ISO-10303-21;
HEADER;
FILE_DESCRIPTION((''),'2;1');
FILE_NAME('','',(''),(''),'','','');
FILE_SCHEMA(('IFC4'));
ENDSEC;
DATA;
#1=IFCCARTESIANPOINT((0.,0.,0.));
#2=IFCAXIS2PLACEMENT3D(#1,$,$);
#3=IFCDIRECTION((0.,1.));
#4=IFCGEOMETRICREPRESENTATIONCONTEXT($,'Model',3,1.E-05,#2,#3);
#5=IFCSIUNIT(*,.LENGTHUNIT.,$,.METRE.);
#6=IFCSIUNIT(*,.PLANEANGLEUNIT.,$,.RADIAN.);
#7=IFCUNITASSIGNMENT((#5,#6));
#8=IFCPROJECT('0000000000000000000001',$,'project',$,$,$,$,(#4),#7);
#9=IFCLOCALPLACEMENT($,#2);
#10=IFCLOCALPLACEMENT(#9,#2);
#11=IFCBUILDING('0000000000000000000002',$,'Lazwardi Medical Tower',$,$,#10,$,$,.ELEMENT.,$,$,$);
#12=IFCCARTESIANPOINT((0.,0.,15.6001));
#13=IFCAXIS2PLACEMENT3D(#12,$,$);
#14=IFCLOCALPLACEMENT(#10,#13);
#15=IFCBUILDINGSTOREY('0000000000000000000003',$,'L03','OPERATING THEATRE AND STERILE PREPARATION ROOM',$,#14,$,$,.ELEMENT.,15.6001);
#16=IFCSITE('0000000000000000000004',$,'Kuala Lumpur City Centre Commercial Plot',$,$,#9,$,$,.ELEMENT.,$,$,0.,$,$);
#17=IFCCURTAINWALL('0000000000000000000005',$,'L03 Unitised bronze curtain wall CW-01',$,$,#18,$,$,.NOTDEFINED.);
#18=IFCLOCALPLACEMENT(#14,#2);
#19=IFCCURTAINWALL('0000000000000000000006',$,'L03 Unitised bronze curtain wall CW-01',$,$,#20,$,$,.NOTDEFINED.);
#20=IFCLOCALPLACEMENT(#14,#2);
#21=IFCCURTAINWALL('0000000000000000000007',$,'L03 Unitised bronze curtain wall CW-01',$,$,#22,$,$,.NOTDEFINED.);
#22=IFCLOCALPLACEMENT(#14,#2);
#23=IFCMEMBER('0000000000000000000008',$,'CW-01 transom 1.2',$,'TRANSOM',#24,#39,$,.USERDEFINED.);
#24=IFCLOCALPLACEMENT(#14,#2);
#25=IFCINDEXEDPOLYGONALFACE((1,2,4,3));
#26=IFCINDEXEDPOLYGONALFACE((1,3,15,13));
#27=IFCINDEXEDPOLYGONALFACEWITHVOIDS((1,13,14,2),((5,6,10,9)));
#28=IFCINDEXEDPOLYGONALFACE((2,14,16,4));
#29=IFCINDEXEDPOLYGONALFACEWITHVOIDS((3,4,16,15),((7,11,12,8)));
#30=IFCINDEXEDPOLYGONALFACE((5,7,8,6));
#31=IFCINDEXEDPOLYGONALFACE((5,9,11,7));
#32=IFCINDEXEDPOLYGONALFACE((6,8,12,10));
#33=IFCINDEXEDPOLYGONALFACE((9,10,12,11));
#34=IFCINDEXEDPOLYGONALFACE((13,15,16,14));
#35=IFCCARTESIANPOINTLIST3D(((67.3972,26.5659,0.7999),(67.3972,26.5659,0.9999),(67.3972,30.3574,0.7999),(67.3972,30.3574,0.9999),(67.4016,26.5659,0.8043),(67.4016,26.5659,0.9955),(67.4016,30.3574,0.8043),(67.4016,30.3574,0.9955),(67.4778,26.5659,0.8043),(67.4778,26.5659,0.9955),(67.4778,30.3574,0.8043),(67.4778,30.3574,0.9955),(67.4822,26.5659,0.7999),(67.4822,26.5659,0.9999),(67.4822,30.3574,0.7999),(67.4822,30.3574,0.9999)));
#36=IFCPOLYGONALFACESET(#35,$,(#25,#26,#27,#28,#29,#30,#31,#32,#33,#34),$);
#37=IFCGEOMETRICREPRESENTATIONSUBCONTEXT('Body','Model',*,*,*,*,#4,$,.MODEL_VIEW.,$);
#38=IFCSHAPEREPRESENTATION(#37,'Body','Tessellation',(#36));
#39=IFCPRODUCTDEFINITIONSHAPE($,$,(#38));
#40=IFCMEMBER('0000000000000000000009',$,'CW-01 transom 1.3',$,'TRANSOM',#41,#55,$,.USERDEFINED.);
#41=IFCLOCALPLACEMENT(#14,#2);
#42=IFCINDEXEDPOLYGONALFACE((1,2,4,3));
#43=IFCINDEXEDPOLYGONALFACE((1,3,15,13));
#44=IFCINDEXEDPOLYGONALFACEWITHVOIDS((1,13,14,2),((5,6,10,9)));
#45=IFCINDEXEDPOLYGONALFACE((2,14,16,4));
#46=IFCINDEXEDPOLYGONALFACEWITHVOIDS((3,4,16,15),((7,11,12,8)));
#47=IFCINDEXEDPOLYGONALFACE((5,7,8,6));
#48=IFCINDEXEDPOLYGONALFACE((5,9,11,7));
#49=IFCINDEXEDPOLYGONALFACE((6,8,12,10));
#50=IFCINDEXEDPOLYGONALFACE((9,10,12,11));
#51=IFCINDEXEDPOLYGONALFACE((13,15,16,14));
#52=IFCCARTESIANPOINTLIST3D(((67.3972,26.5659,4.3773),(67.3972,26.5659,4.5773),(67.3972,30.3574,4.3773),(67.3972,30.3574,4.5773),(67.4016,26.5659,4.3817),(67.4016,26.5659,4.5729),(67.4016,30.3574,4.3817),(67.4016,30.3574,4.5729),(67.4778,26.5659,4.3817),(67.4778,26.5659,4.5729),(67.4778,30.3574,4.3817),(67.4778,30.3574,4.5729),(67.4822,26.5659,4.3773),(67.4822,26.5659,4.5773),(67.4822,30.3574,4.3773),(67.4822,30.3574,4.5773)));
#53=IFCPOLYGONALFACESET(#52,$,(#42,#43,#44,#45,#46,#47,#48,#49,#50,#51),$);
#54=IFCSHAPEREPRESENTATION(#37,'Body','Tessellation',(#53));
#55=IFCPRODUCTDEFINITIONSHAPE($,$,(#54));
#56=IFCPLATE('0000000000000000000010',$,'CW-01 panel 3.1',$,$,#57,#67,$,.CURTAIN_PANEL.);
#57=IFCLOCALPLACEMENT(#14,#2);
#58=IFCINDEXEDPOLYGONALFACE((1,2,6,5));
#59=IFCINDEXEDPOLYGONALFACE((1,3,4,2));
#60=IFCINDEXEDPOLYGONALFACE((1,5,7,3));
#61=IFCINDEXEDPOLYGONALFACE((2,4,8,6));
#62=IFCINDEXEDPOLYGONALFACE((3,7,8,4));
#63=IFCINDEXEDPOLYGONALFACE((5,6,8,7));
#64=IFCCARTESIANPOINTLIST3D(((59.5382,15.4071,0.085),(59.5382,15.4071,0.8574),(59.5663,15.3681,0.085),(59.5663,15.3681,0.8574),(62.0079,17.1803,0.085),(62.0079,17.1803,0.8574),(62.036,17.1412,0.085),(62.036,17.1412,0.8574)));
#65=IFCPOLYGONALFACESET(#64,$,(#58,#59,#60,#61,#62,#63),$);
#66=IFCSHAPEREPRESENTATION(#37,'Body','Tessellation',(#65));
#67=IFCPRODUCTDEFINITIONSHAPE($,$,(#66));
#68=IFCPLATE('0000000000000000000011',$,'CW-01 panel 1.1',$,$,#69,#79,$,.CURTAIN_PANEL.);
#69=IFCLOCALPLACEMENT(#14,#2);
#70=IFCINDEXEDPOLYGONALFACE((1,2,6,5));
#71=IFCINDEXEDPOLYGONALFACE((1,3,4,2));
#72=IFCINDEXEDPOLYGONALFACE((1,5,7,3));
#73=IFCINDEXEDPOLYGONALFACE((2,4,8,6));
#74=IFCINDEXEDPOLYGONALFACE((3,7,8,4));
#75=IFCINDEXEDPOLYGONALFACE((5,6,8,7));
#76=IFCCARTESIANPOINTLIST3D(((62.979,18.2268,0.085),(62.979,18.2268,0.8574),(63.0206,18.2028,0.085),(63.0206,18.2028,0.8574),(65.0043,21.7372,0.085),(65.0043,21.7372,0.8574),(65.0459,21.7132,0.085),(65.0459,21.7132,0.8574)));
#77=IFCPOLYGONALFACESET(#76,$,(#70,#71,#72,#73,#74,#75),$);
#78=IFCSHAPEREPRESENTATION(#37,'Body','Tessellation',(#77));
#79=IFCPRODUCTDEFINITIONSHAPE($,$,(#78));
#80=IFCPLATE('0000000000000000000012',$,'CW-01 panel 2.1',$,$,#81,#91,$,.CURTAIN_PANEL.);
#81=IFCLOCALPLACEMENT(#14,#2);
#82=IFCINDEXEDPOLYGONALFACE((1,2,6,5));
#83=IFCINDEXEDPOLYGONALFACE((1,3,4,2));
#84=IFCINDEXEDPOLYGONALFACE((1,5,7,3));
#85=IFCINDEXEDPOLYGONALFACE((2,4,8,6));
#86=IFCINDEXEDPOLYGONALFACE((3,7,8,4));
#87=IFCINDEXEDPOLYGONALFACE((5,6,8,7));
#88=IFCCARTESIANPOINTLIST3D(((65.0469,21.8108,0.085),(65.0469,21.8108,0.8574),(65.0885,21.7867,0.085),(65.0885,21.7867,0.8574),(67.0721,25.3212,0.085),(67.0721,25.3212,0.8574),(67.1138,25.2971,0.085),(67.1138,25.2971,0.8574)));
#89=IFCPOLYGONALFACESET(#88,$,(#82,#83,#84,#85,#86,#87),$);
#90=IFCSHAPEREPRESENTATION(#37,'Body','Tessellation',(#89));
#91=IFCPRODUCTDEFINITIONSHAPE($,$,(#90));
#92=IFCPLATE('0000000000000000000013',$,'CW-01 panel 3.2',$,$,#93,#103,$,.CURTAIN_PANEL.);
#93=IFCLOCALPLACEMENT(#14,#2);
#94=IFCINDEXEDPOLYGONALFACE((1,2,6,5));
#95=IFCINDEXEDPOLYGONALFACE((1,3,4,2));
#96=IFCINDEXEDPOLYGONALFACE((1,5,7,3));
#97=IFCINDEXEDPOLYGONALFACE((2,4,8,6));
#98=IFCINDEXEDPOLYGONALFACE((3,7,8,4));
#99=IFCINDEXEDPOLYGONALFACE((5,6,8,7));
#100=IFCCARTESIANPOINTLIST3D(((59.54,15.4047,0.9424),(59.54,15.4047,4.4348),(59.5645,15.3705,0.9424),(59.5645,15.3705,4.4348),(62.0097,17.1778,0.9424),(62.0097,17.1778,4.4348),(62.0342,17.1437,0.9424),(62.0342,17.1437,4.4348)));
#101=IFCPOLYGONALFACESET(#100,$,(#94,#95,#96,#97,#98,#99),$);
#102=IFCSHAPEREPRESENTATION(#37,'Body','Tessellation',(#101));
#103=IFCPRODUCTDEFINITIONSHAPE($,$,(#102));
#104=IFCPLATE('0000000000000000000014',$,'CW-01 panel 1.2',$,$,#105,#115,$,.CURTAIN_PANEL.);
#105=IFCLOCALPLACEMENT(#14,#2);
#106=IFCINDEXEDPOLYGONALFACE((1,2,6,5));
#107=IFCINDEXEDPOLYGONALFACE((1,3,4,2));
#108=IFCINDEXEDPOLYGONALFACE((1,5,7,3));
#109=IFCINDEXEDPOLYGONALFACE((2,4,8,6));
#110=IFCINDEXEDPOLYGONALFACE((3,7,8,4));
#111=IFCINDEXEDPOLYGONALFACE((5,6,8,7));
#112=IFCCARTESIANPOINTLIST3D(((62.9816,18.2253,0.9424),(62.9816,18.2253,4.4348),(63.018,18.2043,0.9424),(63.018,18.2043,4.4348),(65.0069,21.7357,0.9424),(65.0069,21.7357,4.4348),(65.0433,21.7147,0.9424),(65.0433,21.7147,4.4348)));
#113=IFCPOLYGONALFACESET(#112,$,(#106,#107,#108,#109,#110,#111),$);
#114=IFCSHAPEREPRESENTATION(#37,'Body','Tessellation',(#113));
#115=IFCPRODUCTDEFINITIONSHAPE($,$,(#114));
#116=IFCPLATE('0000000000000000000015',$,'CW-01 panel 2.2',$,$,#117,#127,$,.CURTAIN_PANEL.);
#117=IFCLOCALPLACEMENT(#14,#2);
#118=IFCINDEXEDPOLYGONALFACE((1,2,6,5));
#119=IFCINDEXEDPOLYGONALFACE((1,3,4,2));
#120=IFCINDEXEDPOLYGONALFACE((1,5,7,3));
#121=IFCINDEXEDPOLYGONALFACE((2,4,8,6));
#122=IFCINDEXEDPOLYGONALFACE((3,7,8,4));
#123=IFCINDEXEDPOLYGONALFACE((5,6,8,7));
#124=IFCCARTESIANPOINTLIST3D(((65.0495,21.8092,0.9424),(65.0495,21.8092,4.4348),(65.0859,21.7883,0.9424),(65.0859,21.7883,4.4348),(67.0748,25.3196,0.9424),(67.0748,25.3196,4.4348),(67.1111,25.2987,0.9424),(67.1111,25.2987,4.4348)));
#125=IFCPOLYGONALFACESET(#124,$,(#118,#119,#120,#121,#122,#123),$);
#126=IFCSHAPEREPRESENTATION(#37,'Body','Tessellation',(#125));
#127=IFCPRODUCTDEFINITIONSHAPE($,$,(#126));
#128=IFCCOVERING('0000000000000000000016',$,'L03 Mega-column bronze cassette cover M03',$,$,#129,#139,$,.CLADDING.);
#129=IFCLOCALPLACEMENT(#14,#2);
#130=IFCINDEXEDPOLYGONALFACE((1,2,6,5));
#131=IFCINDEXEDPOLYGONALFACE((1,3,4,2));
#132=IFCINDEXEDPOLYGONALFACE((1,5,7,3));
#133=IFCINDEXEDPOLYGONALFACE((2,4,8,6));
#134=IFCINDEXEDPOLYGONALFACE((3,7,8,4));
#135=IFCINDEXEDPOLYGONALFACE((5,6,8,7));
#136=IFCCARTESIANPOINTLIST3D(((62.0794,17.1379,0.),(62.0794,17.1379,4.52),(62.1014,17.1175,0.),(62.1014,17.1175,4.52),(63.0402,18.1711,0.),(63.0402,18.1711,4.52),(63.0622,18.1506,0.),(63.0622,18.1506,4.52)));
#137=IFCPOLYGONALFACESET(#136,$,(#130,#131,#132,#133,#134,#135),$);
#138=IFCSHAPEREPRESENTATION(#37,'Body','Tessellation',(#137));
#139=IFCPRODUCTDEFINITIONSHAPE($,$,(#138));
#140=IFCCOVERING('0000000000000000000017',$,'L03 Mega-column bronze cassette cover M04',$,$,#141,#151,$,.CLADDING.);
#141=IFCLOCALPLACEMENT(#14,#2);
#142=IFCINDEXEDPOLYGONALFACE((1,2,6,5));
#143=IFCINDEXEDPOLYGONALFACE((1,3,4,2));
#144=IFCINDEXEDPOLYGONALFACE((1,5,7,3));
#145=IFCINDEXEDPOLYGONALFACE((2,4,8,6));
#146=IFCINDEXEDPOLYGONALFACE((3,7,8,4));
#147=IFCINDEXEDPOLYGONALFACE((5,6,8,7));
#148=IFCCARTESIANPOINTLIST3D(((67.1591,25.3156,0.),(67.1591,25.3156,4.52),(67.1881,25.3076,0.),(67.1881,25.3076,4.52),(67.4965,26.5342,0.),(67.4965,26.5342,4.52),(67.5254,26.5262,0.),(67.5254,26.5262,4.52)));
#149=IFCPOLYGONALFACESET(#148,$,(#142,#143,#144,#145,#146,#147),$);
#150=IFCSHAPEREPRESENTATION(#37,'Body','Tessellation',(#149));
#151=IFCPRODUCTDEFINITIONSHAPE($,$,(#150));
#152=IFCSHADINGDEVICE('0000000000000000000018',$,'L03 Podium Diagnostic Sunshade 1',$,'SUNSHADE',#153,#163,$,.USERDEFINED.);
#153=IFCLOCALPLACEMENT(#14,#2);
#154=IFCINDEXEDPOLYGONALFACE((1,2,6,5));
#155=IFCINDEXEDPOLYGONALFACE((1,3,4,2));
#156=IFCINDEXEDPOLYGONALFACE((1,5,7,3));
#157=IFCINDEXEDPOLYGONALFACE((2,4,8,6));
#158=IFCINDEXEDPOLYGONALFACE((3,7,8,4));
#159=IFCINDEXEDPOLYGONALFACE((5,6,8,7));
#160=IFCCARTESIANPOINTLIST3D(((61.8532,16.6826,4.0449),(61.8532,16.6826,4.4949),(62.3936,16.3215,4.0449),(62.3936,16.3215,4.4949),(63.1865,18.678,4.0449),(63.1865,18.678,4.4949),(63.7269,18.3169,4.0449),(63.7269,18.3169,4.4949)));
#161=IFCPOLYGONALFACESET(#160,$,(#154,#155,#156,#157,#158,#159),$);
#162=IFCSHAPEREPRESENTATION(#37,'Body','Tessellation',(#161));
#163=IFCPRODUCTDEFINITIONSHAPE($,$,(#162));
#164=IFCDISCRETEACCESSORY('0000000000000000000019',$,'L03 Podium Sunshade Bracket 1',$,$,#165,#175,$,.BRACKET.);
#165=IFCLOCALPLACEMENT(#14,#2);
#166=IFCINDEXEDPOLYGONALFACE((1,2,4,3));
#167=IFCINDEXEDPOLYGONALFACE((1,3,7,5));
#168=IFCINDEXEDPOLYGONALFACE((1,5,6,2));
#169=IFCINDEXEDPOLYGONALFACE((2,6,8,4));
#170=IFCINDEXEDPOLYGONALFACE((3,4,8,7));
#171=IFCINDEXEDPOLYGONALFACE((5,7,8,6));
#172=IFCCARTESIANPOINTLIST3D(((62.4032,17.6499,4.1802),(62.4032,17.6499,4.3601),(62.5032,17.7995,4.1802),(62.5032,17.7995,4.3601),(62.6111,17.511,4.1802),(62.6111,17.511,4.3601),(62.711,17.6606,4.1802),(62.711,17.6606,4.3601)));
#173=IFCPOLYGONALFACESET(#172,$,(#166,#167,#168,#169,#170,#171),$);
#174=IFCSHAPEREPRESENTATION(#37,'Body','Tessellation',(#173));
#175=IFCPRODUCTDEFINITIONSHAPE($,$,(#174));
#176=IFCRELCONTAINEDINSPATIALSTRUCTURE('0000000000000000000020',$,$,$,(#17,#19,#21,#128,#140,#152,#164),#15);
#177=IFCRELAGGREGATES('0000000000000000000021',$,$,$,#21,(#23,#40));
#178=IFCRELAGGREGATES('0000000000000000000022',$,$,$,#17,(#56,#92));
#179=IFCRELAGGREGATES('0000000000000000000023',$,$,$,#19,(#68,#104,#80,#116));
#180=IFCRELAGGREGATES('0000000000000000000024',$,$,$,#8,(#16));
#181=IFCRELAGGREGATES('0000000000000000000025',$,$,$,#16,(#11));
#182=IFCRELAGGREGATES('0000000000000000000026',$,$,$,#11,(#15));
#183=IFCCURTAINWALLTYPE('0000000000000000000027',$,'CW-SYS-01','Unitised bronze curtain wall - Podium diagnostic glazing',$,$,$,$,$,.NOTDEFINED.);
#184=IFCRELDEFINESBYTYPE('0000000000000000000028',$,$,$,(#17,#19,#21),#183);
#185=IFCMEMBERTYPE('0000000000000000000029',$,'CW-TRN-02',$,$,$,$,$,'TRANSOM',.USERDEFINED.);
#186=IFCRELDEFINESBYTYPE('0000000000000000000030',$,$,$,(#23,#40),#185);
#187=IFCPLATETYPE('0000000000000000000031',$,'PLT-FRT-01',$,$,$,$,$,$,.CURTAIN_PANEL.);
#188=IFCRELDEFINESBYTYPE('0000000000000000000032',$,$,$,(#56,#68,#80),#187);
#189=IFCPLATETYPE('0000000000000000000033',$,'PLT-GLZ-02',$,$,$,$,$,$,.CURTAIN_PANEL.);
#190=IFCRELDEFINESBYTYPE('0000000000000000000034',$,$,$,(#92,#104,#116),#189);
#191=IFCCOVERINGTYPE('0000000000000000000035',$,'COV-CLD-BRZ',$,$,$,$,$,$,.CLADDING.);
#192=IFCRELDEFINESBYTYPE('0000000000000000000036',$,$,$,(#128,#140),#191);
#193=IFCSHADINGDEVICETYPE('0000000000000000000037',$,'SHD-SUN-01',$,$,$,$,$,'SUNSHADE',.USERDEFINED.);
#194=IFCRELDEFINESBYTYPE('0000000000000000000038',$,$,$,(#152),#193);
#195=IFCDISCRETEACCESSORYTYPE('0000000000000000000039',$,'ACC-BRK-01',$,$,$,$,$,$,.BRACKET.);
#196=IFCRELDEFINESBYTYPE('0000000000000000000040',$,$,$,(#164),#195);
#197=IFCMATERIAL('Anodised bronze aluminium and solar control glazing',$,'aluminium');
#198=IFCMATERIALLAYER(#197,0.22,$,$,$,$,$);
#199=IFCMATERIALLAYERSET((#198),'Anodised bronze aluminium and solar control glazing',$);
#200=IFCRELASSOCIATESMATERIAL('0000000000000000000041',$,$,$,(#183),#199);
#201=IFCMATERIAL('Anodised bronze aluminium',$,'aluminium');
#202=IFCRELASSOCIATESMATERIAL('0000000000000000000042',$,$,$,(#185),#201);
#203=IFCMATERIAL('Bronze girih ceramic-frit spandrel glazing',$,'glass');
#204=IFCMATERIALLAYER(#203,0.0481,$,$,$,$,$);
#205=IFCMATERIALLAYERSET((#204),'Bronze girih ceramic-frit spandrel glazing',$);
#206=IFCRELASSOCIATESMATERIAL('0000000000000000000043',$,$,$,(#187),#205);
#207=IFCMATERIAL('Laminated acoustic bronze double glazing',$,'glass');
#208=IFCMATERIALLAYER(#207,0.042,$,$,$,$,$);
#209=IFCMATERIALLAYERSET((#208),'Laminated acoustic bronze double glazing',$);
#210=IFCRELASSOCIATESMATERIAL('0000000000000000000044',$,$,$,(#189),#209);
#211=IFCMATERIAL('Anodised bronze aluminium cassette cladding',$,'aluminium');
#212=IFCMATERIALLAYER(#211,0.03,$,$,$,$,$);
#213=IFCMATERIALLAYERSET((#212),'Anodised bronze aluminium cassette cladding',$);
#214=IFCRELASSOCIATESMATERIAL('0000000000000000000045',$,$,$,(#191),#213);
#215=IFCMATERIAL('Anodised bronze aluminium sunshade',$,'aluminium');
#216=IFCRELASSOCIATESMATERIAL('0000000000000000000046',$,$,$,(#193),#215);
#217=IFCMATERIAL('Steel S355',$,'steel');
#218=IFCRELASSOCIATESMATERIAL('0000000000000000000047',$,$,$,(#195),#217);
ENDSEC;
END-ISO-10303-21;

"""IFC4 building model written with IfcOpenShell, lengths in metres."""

from ifc_helpers import new_model, si_unit, direction, frame, origin, origin_2d, place, context, subcontext, project, spatial, rectangle, hollow_rectangle, extrude, material, layer, layer_set, material_profile, profile_set, type_object, element, aggregate, save


model = new_model("IFC4")

# Units and contexts
model_context = context("Model", 3, precision=1e-05, world=origin(), true_north=direction((0.0, 1.0)))
body_context = subcontext(model_context, "Body", "Model", "MODEL_VIEW")
ifc_project = project(units=[si_unit("LENGTHUNIT", "METRE"), si_unit("PLANEANGLEUNIT", "RADIAN")], contexts=[model_context])

# Site, building, storey
site_placement = place(None, origin())
site = spatial("IfcSite", under=ifc_project, at=site_placement, Name="Kuala Lumpur City Centre Commercial Plot", CompositionType="ELEMENT", RefElevation=0.0)
building_placement = place(site_placement, origin())
building = spatial("IfcBuilding", under=site, at=building_placement, Name="Lazwardi Medical Tower", CompositionType="ELEMENT")
storey_placement = place(building_placement, frame((0.0, 0.0, 15.6001)))
storey = spatial("IfcBuildingStorey", under=building, at=storey_placement, Name="L03", Description="OPERATING THEATRE AND STERILE PREPARATION ROOM", CompositionType="ELEMENT", Elevation=15.6001)

# Shared definitions
ifc_material_1 = material(Name="Steel S355", Category="steel")

# Curtain wall
ifc_material_2 = material(Name="Anodised bronze aluminium and solar control glazing", Category="aluminium")
ifc_layer_1 = layer(ifc_material_2, 0.22)
ifc_layer_set_1 = layer_set([ifc_layer_1], Name="Anodised bronze aluminium and solar control glazing")
curtain_wall_type = type_object("IfcCurtainWallType", Name="CW-SYS-01", Description="Unitised bronze curtain wall - Podium diagnostic glazing", PredefinedType="NOTDEFINED", material=ifc_layer_set_1)
curtain_wall_1_placement = place(storey_placement, origin())
curtain_wall_1 = element("IfcCurtainWall", 1, at=curtain_wall_1_placement, inside=storey, type_object=curtain_wall_type, Name="L03 Unitised bronze curtain wall CW-01", PredefinedType="NOTDEFINED")
ifc_material_3 = material(Name="Anodised bronze aluminium", Category="aluminium")

# Curtain wall
curtain_wall_2_placement = place(storey_placement, origin())
curtain_wall_2 = element("IfcCurtainWall", 2, at=curtain_wall_2_placement, inside=storey, type_object=curtain_wall_type, Name="L03 Unitised bronze curtain wall CW-01", PredefinedType="NOTDEFINED")

# Curtain wall
curtain_wall_3_placement = place(storey_placement, origin())
curtain_wall_3 = element("IfcCurtainWall", 3, at=curtain_wall_3_placement, inside=storey, type_object=curtain_wall_type, Name="L03 Unitised bronze curtain wall CW-01", PredefinedType="NOTDEFINED")

# Members
ifc_material_profile_1 = material_profile(ifc_material_3, hollow_rectangle(XDim=0.085, YDim=0.2, WallThickness=0.0044, at=origin_2d()), Name="ALU-TRANSOM 200x85x4.5")
ifc_profile_set_1 = profile_set([ifc_material_profile_1], Name="Anodised bronze aluminium")
member_type_1 = type_object("IfcMemberType", Name="CW-TRN-02", ElementType="TRANSOM", PredefinedType="USERDEFINED", material=ifc_profile_set_1)
member_1_placement = place(storey_placement, frame((67.4397, 26.5659, 0.8999), z_axis=(0.0, 1.0, 0.0), x_axis=(-1.0, 0.0, 0.0)))
member_1 = element("IfcMember", 4, at=member_1_placement, type_object=member_type_1, Name="CW-01 transom 1.2", ObjectType="TRANSOM", PredefinedType="USERDEFINED", context=body_context, shape_type="SweptSolid", body=[
    extrude(hollow_rectangle(XDim=0.085, YDim=0.2, WallThickness=0.0044, at=origin_2d()), origin(), (0.0, 0.0, 1.0), 3.7915),
])
member_2_placement = place(storey_placement, frame((67.4397, 26.5659, 4.4773), z_axis=(0.0, 1.0, 0.0), x_axis=(-1.0, 0.0, 0.0)))
member_2 = element("IfcMember", 5, at=member_2_placement, type_object=member_type_1, Name="CW-01 transom 1.3", ObjectType="TRANSOM", PredefinedType="USERDEFINED", context=body_context, shape_type="SweptSolid", body=[
    extrude(hollow_rectangle(XDim=0.085, YDim=0.2, WallThickness=0.0044, at=origin_2d()), origin(), (0.0, 0.0, 1.0), 3.7915),
])
aggregate(curtain_wall_3, [member_1, member_2])

# Plates
ifc_material_4 = material(Name="Bronze girih ceramic-frit spandrel glazing", Category="glass")
ifc_layer_2 = layer(ifc_material_4, 0.0481)
ifc_layer_set_2 = layer_set([ifc_layer_2], Name="Bronze girih ceramic-frit spandrel glazing")
plate_type_1 = type_object("IfcPlateType", Name="PLT-FRT-01", PredefinedType="CURTAIN_PANEL", material=ifc_layer_set_2)
plate_1_placement = place(storey_placement, frame((60.7871, 16.2742, 0.085), z_axis=(0.0, 0.0, 1.0), x_axis=(0.812318, 0.583214, 0.0)))
plate_1 = element("IfcPlate", 6, at=plate_1_placement, type_object=plate_type_1, Name="CW-01 panel 3.1", PredefinedType="CURTAIN_PANEL", context=body_context, shape_type="SweptSolid", body=[
    extrude(rectangle(XDim=3.0403, YDim=0.0481, at=origin_2d()), origin(), (0.0, 0.0, 1.0), 0.7725),
])
plate_2_placement = place(storey_placement, frame((64.0125, 19.97, 0.085), z_axis=(0.0, 0.0, 1.0), x_axis=(0.499731, 0.866181, 0.0)))
plate_2 = element("IfcPlate", 7, at=plate_2_placement, type_object=plate_type_1, Name="CW-01 panel 1.1", PredefinedType="CURTAIN_PANEL", context=body_context, shape_type="SweptSolid", body=[
    extrude(rectangle(XDim=4.0527, YDim=0.0481, at=origin_2d()), origin(), (0.0, 0.0, 1.0), 0.7725),
])
plate_3_placement = place(storey_placement, frame((66.0803, 23.554, 0.085), z_axis=(0.0, 0.0, 1.0), x_axis=(0.499731, 0.866181, 0.0)))
plate_3 = element("IfcPlate", 8, at=plate_3_placement, type_object=plate_type_1, Name="CW-01 panel 2.1", PredefinedType="CURTAIN_PANEL", context=body_context, shape_type="SweptSolid", body=[
    extrude(rectangle(XDim=4.0527, YDim=0.0481, at=origin_2d()), origin(), (0.0, 0.0, 1.0), 0.7725),
])
ifc_material_5 = material(Name="Laminated acoustic bronze double glazing", Category="glass")
ifc_layer_3 = layer(ifc_material_5, 0.042)
ifc_layer_set_3 = layer_set([ifc_layer_3], Name="Laminated acoustic bronze double glazing")
plate_type_2 = type_object("IfcPlateType", Name="PLT-GLZ-02", PredefinedType="CURTAIN_PANEL", material=ifc_layer_set_3)
plate_4_placement = place(storey_placement, frame((60.7871, 16.2742, 0.9424), z_axis=(0.0, 0.0, 1.0), x_axis=(0.812318, 0.583214, 0.0)))
plate_4 = element("IfcPlate", 9, at=plate_4_placement, type_object=plate_type_2, Name="CW-01 panel 3.2", PredefinedType="CURTAIN_PANEL", context=body_context, shape_type="SweptSolid", body=[
    extrude(rectangle(XDim=3.0403, YDim=0.042, at=origin_2d()), origin(), (0.0, 0.0, 1.0), 3.4924),
])
aggregate(curtain_wall_1, [plate_1, plate_4])
plate_5_placement = place(storey_placement, frame((64.0125, 19.97, 0.9424), z_axis=(0.0, 0.0, 1.0), x_axis=(0.499731, 0.866181, 0.0)))
plate_5 = element("IfcPlate", 10, at=plate_5_placement, type_object=plate_type_2, Name="CW-01 panel 1.2", PredefinedType="CURTAIN_PANEL", context=body_context, shape_type="SweptSolid", body=[
    extrude(rectangle(XDim=4.0527, YDim=0.042, at=origin_2d()), origin(), (0.0, 0.0, 1.0), 3.4924),
])
plate_6_placement = place(storey_placement, frame((66.0803, 23.554, 0.9424), z_axis=(0.0, 0.0, 1.0), x_axis=(0.499731, 0.866181, 0.0)))
plate_6 = element("IfcPlate", 11, at=plate_6_placement, type_object=plate_type_2, Name="CW-01 panel 2.2", PredefinedType="CURTAIN_PANEL", context=body_context, shape_type="SweptSolid", body=[
    extrude(rectangle(XDim=4.0527, YDim=0.042, at=origin_2d()), origin(), (0.0, 0.0, 1.0), 3.4924),
])
aggregate(curtain_wall_2, [plate_2, plate_5, plate_3, plate_6])

# Coverings
ifc_material_6 = material(Name="Anodised bronze aluminium cassette cladding", Category="aluminium")
ifc_layer_4 = layer(ifc_material_6, 0.03)
ifc_layer_set_4 = layer_set([ifc_layer_4], Name="Anodised bronze aluminium cassette cladding")
covering_type = type_object("IfcCoveringType", Name="COV-CLD-BRZ", PredefinedType="CLADDING", material=ifc_layer_set_4)
covering_1_placement = place(storey_placement, frame((62.5708, 17.6443, 0.0), z_axis=(0.0, 0.0, 1.0), x_axis=(0.681019, 0.732266, 0.0)))
element("IfcCovering", 12, at=covering_1_placement, inside=storey, type_object=covering_type, Name="L03 Mega-column bronze cassette cover M03", PredefinedType="CLADDING", context=body_context, shape_type="SweptSolid", body=[
    extrude(rectangle(XDim=1.4109, YDim=0.03, at=origin_2d()), origin(), (0.0, 0.0, 1.0), 4.52),
])
covering_2_placement = place(storey_placement, frame((67.3423, 25.9209, 0.0), z_axis=(0.0, 0.0, 1.0), x_axis=(0.266836, 0.963742, 0.0)))
element("IfcCovering", 13, at=covering_2_placement, inside=storey, type_object=covering_type, Name="L03 Mega-column bronze cassette cover M04", PredefinedType="CLADDING", context=body_context, shape_type="SweptSolid", body=[
    extrude(rectangle(XDim=1.2644, YDim=0.03, at=origin_2d()), origin(), (0.0, 0.0, 1.0), 4.52),
])

# Shading device
ifc_material_7 = material(Name="Anodised bronze aluminium sunshade", Category="aluminium")
shading_device_type = type_object("IfcShadingDeviceType", Name="SHD-SUN-01", ElementType="SUNSHADE", PredefinedType="USERDEFINED", material=ifc_material_7)
shading_device_placement = place(storey_placement, frame((62.79, 17.4998, 4.0449), z_axis=(0.0, 0.0, 1.0), x_axis=(0.55557, 0.83147, 0.0)))
element("IfcShadingDevice", 14, at=shading_device_placement, inside=storey, type_object=shading_device_type, Name="L03 Podium Diagnostic Sunshade 1", ObjectType="SUNSHADE", PredefinedType="USERDEFINED", context=body_context, shape_type="SweptSolid", body=[
    extrude(rectangle(XDim=2.3999, YDim=0.6499, at=origin_2d()), origin(), (0.0, 0.0, 1.0), 0.45),
])

# Discrete accessory
discrete_accessory_type = type_object("IfcDiscreteAccessoryType", Name="ACC-BRK-01", PredefinedType="BRACKET", material=ifc_material_1)
discrete_accessory_placement = place(storey_placement, frame((62.5571, 17.6553, 4.1802), z_axis=(0.0, 0.0, 1.0), x_axis=(0.55557, 0.83147, 0.0)))
element("IfcDiscreteAccessory", 15, at=discrete_accessory_placement, inside=storey, type_object=discrete_accessory_type, Name="L03 Podium Sunshade Bracket 1", PredefinedType="BRACKET", context=body_context, shape_type="SweptSolid", body=[
    extrude(rectangle(XDim=0.1799, YDim=0.25, at=origin_2d()), origin(), (0.0, 0.0, 1.0), 0.1799),
])

save(model, "model.ifc")
